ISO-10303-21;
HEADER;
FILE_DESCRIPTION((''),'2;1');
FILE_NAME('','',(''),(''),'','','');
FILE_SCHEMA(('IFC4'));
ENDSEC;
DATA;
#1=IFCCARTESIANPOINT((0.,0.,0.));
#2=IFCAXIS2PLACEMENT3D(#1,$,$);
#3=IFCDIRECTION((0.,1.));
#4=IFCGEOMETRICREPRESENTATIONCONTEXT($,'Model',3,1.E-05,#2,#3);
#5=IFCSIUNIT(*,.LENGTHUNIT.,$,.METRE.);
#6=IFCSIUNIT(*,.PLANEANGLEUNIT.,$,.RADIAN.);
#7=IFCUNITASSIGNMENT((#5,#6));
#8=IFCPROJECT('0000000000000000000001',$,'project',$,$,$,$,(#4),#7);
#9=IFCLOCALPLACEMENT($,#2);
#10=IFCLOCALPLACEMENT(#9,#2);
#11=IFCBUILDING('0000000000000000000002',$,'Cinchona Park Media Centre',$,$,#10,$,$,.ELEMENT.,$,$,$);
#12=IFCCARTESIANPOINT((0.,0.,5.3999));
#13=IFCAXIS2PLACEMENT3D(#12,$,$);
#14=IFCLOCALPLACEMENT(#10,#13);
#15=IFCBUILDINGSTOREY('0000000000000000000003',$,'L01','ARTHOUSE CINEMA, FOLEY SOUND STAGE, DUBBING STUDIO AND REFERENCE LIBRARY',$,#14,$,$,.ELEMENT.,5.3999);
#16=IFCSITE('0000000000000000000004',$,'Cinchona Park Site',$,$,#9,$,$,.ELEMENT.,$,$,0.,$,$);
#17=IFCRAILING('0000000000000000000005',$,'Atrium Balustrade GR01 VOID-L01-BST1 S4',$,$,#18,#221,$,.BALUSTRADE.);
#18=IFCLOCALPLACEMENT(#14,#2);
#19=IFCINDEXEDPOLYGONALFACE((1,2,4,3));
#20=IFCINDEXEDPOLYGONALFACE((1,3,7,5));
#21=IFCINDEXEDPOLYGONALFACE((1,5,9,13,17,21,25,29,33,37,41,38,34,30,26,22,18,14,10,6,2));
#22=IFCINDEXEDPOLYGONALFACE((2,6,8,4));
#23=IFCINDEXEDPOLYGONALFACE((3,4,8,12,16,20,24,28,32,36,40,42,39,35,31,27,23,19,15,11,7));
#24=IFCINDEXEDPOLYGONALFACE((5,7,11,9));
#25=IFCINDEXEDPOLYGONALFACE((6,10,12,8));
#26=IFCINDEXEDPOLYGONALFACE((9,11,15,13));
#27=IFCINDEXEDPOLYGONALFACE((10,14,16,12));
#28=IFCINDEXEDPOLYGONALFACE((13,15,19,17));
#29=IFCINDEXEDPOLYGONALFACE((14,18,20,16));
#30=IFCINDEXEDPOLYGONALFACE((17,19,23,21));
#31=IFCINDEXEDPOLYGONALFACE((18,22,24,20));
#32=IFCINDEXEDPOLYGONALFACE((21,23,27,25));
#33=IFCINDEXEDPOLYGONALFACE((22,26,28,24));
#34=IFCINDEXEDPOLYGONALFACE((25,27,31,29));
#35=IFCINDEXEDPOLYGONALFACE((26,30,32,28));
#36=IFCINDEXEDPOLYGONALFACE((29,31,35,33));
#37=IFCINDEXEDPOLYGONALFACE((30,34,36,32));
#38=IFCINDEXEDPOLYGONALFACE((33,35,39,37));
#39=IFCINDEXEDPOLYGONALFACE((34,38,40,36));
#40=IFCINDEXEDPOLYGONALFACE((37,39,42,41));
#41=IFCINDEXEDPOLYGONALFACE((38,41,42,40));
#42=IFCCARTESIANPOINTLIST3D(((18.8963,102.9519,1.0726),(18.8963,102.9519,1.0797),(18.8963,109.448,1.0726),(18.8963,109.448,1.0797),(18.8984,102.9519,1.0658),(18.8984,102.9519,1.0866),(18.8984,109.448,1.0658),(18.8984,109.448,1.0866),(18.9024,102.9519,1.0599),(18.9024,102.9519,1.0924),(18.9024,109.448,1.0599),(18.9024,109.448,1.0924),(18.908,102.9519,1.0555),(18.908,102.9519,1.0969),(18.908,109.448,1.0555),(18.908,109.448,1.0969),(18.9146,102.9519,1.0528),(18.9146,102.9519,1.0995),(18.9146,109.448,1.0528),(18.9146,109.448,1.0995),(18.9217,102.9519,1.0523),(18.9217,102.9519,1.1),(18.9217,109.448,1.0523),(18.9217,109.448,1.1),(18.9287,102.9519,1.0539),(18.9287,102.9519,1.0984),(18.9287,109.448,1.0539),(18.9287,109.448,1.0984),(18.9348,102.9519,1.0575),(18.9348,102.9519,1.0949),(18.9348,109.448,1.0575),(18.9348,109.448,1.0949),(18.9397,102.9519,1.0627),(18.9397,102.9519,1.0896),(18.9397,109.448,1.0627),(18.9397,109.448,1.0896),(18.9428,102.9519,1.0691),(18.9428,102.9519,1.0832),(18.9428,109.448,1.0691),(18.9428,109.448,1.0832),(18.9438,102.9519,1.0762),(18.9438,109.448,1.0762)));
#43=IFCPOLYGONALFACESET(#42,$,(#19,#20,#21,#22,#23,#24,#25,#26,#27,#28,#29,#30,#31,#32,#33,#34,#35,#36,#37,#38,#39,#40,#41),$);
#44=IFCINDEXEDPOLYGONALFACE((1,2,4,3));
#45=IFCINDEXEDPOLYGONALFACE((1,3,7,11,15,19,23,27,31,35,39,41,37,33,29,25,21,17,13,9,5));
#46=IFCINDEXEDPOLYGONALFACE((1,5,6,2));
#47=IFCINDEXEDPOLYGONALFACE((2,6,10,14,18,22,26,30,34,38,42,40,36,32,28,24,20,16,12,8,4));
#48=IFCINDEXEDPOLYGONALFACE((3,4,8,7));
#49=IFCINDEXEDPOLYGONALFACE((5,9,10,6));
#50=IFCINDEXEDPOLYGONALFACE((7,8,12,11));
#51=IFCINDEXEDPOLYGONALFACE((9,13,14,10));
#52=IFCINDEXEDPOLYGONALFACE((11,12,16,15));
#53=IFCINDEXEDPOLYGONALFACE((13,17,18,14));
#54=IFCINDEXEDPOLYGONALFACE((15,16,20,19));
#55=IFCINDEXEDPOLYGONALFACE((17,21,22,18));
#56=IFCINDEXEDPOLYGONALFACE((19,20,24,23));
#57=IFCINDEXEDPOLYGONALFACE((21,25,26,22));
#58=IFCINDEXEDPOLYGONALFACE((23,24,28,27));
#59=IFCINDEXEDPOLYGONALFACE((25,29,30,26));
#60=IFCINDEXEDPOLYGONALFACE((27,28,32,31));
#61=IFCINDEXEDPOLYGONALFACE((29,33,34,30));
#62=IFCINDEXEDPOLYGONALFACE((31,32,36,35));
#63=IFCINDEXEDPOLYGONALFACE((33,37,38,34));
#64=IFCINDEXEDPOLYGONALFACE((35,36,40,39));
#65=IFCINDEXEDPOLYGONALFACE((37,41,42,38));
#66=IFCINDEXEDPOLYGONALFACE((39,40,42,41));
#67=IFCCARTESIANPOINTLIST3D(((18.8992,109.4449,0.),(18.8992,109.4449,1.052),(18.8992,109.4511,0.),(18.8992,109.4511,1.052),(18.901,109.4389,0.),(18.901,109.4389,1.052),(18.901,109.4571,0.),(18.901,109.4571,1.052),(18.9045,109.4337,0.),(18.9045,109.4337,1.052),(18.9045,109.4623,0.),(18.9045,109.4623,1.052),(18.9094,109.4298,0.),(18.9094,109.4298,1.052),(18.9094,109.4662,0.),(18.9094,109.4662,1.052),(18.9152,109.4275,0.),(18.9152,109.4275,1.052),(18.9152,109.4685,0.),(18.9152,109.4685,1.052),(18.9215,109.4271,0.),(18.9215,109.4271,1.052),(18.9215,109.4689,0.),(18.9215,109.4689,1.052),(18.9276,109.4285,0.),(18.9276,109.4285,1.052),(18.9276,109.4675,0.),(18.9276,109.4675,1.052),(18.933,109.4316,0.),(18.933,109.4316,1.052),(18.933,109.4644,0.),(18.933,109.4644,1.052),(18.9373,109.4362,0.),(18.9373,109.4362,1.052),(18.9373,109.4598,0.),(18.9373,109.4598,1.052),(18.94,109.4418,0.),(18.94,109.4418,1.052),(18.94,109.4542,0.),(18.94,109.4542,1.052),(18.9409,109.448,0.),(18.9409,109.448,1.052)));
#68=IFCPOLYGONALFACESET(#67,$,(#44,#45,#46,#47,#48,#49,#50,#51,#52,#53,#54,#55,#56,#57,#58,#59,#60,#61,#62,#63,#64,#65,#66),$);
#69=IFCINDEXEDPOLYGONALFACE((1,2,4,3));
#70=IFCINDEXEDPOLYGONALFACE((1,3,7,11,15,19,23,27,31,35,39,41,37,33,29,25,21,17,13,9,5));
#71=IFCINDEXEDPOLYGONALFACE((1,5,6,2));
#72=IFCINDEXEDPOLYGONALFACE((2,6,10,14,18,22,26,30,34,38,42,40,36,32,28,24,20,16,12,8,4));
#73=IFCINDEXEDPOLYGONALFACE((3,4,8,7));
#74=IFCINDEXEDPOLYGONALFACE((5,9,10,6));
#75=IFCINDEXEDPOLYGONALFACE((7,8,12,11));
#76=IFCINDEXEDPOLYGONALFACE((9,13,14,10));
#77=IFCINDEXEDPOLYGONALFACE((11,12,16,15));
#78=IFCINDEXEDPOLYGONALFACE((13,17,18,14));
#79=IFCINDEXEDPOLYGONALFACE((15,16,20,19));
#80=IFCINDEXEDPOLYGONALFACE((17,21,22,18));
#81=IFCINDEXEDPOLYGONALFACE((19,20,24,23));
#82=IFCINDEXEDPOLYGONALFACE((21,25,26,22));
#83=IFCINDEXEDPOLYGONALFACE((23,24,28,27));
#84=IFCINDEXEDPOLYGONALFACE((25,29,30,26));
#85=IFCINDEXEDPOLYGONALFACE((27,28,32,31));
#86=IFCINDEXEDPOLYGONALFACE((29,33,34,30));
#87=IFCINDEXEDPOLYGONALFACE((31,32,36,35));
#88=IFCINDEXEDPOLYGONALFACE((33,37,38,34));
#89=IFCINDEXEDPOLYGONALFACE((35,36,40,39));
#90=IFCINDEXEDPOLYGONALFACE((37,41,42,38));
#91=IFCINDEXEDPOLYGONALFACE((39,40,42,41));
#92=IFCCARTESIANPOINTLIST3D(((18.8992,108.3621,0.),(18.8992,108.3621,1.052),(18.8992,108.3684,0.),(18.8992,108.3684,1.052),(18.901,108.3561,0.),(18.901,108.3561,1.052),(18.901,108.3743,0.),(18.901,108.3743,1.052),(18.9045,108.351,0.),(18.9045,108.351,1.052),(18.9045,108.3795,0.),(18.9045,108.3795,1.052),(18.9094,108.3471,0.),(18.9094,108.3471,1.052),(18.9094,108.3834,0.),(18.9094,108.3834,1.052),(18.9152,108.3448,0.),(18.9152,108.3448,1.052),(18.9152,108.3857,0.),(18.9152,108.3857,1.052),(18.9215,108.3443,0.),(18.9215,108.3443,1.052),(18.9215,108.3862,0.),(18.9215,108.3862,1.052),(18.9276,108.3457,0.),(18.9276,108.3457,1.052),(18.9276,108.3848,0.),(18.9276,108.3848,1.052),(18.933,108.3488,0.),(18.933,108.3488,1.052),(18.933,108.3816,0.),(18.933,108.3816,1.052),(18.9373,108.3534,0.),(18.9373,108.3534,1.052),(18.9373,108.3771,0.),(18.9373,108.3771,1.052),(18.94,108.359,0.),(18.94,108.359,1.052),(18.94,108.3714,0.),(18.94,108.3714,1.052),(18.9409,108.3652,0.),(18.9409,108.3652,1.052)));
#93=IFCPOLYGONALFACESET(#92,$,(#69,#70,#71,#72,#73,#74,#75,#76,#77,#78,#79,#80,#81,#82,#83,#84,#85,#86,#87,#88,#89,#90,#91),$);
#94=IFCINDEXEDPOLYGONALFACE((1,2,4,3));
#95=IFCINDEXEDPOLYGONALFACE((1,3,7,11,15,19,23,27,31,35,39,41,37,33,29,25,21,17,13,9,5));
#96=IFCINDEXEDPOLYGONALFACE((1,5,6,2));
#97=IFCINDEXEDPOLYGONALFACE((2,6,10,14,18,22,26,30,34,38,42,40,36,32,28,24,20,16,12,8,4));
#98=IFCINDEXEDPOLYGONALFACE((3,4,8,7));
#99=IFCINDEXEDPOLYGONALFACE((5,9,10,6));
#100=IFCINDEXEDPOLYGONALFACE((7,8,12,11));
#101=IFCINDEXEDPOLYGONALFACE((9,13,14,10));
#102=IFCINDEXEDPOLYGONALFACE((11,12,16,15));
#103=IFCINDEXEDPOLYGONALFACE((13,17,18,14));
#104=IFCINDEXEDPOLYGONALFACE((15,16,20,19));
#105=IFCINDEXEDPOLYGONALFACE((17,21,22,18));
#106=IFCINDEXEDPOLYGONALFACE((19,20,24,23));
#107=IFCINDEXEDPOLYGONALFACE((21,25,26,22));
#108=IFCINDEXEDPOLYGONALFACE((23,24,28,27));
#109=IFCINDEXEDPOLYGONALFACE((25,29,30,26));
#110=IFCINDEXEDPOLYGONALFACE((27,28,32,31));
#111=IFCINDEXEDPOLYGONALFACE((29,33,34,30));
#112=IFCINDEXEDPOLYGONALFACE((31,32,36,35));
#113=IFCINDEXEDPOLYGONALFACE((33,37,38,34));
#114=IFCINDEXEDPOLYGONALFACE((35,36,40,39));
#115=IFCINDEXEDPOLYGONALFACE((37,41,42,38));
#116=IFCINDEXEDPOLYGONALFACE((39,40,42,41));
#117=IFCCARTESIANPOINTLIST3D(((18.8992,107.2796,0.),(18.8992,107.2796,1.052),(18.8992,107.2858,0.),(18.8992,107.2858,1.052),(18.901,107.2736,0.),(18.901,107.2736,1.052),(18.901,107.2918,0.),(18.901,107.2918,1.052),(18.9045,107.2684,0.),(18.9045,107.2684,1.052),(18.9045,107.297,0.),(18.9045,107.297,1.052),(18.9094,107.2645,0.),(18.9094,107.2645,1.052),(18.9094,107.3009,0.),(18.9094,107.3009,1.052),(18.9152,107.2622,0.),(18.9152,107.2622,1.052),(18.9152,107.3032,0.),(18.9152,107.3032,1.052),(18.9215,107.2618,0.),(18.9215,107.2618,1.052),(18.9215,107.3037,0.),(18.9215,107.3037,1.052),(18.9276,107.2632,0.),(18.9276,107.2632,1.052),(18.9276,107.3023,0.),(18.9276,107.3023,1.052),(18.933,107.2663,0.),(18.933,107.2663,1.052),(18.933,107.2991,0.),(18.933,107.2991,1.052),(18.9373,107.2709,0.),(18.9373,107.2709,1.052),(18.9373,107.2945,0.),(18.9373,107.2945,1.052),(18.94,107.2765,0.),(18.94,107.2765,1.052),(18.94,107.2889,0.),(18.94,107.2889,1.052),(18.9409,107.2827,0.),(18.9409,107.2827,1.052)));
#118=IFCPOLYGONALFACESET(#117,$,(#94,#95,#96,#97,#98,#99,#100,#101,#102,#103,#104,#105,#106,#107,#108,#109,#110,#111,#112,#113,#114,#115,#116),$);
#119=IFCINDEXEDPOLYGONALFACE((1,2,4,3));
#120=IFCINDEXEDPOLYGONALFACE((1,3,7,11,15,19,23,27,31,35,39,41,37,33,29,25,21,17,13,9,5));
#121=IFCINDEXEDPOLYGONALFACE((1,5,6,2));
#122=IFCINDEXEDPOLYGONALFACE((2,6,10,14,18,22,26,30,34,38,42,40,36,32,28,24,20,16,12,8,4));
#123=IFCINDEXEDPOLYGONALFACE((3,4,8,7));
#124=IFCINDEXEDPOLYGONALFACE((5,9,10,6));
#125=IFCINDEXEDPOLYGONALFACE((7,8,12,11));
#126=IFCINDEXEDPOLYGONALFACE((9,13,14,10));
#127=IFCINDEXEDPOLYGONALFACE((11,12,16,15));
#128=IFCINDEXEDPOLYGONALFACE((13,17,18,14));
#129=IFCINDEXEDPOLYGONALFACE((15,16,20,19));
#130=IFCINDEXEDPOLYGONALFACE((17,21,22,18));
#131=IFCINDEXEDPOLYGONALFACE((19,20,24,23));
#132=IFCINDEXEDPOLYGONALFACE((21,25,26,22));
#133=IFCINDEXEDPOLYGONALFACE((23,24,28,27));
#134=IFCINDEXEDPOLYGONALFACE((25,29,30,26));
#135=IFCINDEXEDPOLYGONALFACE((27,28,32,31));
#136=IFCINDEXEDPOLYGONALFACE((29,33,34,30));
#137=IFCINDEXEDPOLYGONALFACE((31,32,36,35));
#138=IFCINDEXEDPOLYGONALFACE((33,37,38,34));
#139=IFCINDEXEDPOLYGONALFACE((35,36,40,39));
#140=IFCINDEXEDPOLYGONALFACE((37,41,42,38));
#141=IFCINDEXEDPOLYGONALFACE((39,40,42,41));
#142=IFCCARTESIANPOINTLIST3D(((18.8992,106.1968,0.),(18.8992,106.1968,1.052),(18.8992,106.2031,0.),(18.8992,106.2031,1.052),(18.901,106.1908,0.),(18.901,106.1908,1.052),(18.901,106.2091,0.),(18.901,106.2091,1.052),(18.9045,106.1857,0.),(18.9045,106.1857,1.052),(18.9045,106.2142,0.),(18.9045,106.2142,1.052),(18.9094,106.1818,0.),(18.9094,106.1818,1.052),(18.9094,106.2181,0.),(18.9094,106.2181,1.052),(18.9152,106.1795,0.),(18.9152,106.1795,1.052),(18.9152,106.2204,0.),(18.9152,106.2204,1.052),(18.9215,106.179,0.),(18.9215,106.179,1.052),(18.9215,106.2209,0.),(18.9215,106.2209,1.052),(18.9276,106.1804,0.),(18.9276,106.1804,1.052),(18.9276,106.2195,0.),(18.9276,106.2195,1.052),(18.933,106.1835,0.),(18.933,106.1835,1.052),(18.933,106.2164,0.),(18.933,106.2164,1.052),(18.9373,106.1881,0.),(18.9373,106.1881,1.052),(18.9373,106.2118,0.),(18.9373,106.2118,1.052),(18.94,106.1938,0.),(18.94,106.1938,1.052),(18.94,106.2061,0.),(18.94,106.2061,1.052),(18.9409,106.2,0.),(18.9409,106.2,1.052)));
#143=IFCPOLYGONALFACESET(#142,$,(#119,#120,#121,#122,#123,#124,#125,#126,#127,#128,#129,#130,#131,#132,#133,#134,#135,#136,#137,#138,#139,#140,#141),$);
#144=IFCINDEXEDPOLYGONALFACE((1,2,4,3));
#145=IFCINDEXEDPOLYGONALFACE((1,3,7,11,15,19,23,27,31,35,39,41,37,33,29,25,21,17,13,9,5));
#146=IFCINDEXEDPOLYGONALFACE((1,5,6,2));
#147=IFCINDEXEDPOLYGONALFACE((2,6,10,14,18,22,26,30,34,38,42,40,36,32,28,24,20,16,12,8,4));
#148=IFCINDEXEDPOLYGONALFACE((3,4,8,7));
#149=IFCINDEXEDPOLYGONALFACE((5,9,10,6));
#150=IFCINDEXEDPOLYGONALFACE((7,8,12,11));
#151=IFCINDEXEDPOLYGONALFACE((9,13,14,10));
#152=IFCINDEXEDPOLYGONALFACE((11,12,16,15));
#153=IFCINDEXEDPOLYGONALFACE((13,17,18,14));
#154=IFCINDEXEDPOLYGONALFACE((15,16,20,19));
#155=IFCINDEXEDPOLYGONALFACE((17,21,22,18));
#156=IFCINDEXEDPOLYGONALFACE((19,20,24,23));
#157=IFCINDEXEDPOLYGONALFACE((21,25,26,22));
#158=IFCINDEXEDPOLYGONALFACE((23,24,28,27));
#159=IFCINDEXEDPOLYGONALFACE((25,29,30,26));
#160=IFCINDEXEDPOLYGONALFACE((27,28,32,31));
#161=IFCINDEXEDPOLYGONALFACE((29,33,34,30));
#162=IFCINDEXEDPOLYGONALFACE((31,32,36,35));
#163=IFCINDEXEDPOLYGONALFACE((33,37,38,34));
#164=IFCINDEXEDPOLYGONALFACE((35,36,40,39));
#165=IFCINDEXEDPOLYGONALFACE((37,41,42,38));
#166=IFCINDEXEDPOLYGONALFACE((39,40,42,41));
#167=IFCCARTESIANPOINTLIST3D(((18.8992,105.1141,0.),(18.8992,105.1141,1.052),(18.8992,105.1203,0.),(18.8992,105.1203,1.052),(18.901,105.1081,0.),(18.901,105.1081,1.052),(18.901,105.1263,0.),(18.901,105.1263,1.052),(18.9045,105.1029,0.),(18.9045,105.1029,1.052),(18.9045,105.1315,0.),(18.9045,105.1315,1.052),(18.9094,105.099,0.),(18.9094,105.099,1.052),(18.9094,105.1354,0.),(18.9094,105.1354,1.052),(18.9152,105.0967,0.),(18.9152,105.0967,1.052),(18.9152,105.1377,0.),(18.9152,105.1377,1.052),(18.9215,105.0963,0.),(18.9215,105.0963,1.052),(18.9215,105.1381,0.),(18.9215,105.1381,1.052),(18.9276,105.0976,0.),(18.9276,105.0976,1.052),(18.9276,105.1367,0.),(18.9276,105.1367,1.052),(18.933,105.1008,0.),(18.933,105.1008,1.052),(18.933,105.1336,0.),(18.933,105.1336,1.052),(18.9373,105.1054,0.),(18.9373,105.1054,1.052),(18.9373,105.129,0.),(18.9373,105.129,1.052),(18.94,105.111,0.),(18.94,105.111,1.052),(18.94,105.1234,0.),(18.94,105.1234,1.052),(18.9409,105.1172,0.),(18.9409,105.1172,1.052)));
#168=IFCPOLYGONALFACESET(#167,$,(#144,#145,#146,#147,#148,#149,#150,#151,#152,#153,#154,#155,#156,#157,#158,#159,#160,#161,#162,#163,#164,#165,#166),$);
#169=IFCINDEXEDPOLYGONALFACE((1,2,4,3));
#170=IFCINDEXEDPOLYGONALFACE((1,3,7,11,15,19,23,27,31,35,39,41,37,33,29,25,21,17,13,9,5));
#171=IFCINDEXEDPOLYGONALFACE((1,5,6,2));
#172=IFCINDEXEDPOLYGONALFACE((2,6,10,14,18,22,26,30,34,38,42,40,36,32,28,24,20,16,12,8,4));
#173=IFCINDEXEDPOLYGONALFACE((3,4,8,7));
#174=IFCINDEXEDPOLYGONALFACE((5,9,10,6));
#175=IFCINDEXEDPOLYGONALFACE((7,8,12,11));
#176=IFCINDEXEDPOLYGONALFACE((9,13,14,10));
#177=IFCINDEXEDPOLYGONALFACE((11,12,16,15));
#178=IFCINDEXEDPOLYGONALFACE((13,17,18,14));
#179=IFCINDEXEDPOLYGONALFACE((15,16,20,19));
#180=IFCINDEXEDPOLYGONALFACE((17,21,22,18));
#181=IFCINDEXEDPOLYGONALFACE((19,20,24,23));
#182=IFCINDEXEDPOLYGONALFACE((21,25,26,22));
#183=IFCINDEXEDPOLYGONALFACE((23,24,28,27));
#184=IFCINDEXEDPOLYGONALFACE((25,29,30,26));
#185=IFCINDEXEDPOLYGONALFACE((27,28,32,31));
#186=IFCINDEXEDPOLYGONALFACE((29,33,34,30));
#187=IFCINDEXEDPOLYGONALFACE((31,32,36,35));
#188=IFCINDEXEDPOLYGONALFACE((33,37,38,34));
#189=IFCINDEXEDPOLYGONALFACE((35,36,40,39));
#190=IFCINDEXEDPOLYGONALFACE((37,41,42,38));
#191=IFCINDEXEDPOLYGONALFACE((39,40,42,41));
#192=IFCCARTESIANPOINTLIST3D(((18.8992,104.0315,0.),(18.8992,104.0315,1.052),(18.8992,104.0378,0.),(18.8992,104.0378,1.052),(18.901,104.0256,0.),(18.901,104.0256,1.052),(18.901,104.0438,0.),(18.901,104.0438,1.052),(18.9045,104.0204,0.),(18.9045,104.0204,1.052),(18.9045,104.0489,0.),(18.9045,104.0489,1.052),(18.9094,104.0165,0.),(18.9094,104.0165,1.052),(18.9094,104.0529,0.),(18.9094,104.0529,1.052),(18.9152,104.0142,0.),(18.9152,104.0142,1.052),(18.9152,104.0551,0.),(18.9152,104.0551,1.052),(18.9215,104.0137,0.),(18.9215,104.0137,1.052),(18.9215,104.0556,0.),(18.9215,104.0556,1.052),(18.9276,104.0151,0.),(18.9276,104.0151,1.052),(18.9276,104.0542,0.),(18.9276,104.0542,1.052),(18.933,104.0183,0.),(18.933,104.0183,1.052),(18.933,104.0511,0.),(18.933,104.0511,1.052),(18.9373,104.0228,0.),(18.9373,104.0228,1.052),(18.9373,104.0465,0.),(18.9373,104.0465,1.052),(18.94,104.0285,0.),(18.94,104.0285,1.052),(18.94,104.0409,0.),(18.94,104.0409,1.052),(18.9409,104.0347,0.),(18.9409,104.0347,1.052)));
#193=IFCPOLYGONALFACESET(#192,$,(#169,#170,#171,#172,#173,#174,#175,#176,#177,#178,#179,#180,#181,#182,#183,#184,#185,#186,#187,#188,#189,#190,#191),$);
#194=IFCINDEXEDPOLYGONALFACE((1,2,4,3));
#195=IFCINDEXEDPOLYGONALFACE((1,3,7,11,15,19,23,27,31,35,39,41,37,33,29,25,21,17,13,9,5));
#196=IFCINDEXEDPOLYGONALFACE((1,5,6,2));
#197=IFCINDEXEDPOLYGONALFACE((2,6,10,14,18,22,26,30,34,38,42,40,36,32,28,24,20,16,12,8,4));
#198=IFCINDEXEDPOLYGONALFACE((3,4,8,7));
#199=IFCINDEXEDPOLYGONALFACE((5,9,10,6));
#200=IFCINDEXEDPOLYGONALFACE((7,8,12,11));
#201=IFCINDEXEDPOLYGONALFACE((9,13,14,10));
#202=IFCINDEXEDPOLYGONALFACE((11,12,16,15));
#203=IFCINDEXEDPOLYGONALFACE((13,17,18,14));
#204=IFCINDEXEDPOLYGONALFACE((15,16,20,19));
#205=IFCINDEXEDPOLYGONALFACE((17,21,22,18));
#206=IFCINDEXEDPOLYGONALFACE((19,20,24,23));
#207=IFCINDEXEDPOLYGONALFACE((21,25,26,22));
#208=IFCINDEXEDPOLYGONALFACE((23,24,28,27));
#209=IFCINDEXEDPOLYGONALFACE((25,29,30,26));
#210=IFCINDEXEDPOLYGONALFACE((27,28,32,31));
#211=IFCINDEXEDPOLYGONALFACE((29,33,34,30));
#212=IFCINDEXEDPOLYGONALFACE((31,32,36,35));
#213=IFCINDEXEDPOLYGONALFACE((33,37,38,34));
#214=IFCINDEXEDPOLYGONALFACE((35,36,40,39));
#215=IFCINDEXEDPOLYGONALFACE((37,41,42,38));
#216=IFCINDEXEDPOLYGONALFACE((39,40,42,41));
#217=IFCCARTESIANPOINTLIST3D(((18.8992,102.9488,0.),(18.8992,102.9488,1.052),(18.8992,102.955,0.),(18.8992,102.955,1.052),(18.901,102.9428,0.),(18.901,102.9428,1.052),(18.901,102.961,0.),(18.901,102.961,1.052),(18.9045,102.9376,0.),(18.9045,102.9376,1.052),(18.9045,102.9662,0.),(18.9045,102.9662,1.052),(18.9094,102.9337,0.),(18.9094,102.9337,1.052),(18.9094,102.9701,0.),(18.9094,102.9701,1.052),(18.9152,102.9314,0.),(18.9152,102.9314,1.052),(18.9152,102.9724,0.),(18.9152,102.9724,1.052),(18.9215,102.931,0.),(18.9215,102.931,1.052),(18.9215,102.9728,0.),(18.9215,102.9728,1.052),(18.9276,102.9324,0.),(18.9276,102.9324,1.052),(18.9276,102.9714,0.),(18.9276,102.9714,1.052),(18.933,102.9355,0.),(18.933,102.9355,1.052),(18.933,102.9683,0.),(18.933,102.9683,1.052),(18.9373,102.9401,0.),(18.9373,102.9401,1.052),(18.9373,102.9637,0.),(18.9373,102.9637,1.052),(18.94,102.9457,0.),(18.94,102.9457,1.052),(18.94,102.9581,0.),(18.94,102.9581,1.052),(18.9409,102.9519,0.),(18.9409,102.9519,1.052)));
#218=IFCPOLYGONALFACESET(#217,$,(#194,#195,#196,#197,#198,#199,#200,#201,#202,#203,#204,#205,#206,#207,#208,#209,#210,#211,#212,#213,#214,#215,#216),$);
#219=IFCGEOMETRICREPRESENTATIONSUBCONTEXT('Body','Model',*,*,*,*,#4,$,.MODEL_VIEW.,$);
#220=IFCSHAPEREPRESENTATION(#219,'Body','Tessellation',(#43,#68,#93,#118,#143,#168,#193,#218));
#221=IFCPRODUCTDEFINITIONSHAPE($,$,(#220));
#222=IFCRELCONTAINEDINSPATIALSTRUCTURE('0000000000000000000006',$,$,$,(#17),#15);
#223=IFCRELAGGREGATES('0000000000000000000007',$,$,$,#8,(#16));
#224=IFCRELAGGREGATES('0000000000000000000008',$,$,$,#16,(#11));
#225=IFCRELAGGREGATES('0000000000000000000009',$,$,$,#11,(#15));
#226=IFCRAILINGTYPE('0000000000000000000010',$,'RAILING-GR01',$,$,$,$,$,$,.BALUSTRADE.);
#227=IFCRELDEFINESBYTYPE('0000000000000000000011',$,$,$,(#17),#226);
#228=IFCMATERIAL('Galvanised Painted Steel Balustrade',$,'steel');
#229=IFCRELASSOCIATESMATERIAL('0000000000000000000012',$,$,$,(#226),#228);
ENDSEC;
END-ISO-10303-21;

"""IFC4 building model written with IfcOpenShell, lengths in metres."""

from ifc_helpers import new_model, si_unit, direction, frame, origin, origin_2d, place, context, subcontext, project, spatial, circle, extrude, material, type_object, element, save


model = new_model("IFC4")

# Units and contexts
model_context = context("Model", 3, precision=1e-05, world=origin(), true_north=direction((0.0, 1.0)))
body_context = subcontext(model_context, "Body", "Model", "MODEL_VIEW")
ifc_project = project(units=[si_unit("LENGTHUNIT", "METRE"), si_unit("PLANEANGLEUNIT", "RADIAN")], contexts=[model_context])

# Site, building, storey
site_placement = place(None, origin())
site = spatial("IfcSite", under=ifc_project, at=site_placement, Name="Cinchona Park Site", CompositionType="ELEMENT", RefElevation=0.0)
building_placement = place(site_placement, origin())
building = spatial("IfcBuilding", under=site, at=building_placement, Name="Cinchona Park Media Centre", CompositionType="ELEMENT")
storey_placement = place(building_placement, frame((0.0, 0.0, 5.3999)))
storey = spatial("IfcBuildingStorey", under=building, at=storey_placement, Name="L01", Description="ARTHOUSE CINEMA, FOLEY SOUND STAGE, DUBBING STUDIO AND REFERENCE LIBRARY", CompositionType="ELEMENT", Elevation=5.3999)

# Railing
ifc_material_1 = material(Name="Galvanised Painted Steel Balustrade", Category="steel")
railing_type = type_object("IfcRailingType", Name="RAILING-GR01", PredefinedType="BALUSTRADE", material=ifc_material_1)
railing_placement = place(storey_placement, frame((18.9199, 109.448, 0.0)))
element("IfcRailing", 1, at=railing_placement, inside=storey, type_object=railing_type, Name="Atrium Balustrade GR01 VOID-L01-BST1 S4", PredefinedType="BALUSTRADE", context=body_context, shape_type="SweptSolid", body=[
    extrude(circle(Radius=0.0239, at=origin_2d()), frame((0.0, 0.0, 1.0762), z_axis=(0.0, -1.0, 0.0), x_axis=(1.0, 0.0, 0.0)), (0.0, 0.0, 1.0), 6.4961),
    extrude(circle(Radius=0.021, at=origin_2d()), origin(), (0.0, 0.0, 1.0), 1.052),
    extrude(circle(Radius=0.021, at=origin_2d()), frame((0.0, -1.0828, 0.0)), (0.0, 0.0, 1.0), 1.052),
    extrude(circle(Radius=0.021, at=origin_2d()), frame((0.0, -2.1653, 0.0)), (0.0, 0.0, 1.0), 1.052),
    extrude(circle(Radius=0.021, at=origin_2d()), frame((0.0, -3.248, 0.0)), (0.0, 0.0, 1.0), 1.052),
    extrude(circle(Radius=0.021, at=origin_2d()), frame((0.0, -4.3308, 0.0)), (0.0, 0.0, 1.0), 1.052),
    extrude(circle(Radius=0.021, at=origin_2d()), frame((0.0, -5.4133, 0.0)), (0.0, 0.0, 1.0), 1.052),
    extrude(circle(Radius=0.021, at=origin_2d()), frame((0.0, -6.4961, 0.0)), (0.0, 0.0, 1.0), 1.052),
])

save(model, "model.ifc")
